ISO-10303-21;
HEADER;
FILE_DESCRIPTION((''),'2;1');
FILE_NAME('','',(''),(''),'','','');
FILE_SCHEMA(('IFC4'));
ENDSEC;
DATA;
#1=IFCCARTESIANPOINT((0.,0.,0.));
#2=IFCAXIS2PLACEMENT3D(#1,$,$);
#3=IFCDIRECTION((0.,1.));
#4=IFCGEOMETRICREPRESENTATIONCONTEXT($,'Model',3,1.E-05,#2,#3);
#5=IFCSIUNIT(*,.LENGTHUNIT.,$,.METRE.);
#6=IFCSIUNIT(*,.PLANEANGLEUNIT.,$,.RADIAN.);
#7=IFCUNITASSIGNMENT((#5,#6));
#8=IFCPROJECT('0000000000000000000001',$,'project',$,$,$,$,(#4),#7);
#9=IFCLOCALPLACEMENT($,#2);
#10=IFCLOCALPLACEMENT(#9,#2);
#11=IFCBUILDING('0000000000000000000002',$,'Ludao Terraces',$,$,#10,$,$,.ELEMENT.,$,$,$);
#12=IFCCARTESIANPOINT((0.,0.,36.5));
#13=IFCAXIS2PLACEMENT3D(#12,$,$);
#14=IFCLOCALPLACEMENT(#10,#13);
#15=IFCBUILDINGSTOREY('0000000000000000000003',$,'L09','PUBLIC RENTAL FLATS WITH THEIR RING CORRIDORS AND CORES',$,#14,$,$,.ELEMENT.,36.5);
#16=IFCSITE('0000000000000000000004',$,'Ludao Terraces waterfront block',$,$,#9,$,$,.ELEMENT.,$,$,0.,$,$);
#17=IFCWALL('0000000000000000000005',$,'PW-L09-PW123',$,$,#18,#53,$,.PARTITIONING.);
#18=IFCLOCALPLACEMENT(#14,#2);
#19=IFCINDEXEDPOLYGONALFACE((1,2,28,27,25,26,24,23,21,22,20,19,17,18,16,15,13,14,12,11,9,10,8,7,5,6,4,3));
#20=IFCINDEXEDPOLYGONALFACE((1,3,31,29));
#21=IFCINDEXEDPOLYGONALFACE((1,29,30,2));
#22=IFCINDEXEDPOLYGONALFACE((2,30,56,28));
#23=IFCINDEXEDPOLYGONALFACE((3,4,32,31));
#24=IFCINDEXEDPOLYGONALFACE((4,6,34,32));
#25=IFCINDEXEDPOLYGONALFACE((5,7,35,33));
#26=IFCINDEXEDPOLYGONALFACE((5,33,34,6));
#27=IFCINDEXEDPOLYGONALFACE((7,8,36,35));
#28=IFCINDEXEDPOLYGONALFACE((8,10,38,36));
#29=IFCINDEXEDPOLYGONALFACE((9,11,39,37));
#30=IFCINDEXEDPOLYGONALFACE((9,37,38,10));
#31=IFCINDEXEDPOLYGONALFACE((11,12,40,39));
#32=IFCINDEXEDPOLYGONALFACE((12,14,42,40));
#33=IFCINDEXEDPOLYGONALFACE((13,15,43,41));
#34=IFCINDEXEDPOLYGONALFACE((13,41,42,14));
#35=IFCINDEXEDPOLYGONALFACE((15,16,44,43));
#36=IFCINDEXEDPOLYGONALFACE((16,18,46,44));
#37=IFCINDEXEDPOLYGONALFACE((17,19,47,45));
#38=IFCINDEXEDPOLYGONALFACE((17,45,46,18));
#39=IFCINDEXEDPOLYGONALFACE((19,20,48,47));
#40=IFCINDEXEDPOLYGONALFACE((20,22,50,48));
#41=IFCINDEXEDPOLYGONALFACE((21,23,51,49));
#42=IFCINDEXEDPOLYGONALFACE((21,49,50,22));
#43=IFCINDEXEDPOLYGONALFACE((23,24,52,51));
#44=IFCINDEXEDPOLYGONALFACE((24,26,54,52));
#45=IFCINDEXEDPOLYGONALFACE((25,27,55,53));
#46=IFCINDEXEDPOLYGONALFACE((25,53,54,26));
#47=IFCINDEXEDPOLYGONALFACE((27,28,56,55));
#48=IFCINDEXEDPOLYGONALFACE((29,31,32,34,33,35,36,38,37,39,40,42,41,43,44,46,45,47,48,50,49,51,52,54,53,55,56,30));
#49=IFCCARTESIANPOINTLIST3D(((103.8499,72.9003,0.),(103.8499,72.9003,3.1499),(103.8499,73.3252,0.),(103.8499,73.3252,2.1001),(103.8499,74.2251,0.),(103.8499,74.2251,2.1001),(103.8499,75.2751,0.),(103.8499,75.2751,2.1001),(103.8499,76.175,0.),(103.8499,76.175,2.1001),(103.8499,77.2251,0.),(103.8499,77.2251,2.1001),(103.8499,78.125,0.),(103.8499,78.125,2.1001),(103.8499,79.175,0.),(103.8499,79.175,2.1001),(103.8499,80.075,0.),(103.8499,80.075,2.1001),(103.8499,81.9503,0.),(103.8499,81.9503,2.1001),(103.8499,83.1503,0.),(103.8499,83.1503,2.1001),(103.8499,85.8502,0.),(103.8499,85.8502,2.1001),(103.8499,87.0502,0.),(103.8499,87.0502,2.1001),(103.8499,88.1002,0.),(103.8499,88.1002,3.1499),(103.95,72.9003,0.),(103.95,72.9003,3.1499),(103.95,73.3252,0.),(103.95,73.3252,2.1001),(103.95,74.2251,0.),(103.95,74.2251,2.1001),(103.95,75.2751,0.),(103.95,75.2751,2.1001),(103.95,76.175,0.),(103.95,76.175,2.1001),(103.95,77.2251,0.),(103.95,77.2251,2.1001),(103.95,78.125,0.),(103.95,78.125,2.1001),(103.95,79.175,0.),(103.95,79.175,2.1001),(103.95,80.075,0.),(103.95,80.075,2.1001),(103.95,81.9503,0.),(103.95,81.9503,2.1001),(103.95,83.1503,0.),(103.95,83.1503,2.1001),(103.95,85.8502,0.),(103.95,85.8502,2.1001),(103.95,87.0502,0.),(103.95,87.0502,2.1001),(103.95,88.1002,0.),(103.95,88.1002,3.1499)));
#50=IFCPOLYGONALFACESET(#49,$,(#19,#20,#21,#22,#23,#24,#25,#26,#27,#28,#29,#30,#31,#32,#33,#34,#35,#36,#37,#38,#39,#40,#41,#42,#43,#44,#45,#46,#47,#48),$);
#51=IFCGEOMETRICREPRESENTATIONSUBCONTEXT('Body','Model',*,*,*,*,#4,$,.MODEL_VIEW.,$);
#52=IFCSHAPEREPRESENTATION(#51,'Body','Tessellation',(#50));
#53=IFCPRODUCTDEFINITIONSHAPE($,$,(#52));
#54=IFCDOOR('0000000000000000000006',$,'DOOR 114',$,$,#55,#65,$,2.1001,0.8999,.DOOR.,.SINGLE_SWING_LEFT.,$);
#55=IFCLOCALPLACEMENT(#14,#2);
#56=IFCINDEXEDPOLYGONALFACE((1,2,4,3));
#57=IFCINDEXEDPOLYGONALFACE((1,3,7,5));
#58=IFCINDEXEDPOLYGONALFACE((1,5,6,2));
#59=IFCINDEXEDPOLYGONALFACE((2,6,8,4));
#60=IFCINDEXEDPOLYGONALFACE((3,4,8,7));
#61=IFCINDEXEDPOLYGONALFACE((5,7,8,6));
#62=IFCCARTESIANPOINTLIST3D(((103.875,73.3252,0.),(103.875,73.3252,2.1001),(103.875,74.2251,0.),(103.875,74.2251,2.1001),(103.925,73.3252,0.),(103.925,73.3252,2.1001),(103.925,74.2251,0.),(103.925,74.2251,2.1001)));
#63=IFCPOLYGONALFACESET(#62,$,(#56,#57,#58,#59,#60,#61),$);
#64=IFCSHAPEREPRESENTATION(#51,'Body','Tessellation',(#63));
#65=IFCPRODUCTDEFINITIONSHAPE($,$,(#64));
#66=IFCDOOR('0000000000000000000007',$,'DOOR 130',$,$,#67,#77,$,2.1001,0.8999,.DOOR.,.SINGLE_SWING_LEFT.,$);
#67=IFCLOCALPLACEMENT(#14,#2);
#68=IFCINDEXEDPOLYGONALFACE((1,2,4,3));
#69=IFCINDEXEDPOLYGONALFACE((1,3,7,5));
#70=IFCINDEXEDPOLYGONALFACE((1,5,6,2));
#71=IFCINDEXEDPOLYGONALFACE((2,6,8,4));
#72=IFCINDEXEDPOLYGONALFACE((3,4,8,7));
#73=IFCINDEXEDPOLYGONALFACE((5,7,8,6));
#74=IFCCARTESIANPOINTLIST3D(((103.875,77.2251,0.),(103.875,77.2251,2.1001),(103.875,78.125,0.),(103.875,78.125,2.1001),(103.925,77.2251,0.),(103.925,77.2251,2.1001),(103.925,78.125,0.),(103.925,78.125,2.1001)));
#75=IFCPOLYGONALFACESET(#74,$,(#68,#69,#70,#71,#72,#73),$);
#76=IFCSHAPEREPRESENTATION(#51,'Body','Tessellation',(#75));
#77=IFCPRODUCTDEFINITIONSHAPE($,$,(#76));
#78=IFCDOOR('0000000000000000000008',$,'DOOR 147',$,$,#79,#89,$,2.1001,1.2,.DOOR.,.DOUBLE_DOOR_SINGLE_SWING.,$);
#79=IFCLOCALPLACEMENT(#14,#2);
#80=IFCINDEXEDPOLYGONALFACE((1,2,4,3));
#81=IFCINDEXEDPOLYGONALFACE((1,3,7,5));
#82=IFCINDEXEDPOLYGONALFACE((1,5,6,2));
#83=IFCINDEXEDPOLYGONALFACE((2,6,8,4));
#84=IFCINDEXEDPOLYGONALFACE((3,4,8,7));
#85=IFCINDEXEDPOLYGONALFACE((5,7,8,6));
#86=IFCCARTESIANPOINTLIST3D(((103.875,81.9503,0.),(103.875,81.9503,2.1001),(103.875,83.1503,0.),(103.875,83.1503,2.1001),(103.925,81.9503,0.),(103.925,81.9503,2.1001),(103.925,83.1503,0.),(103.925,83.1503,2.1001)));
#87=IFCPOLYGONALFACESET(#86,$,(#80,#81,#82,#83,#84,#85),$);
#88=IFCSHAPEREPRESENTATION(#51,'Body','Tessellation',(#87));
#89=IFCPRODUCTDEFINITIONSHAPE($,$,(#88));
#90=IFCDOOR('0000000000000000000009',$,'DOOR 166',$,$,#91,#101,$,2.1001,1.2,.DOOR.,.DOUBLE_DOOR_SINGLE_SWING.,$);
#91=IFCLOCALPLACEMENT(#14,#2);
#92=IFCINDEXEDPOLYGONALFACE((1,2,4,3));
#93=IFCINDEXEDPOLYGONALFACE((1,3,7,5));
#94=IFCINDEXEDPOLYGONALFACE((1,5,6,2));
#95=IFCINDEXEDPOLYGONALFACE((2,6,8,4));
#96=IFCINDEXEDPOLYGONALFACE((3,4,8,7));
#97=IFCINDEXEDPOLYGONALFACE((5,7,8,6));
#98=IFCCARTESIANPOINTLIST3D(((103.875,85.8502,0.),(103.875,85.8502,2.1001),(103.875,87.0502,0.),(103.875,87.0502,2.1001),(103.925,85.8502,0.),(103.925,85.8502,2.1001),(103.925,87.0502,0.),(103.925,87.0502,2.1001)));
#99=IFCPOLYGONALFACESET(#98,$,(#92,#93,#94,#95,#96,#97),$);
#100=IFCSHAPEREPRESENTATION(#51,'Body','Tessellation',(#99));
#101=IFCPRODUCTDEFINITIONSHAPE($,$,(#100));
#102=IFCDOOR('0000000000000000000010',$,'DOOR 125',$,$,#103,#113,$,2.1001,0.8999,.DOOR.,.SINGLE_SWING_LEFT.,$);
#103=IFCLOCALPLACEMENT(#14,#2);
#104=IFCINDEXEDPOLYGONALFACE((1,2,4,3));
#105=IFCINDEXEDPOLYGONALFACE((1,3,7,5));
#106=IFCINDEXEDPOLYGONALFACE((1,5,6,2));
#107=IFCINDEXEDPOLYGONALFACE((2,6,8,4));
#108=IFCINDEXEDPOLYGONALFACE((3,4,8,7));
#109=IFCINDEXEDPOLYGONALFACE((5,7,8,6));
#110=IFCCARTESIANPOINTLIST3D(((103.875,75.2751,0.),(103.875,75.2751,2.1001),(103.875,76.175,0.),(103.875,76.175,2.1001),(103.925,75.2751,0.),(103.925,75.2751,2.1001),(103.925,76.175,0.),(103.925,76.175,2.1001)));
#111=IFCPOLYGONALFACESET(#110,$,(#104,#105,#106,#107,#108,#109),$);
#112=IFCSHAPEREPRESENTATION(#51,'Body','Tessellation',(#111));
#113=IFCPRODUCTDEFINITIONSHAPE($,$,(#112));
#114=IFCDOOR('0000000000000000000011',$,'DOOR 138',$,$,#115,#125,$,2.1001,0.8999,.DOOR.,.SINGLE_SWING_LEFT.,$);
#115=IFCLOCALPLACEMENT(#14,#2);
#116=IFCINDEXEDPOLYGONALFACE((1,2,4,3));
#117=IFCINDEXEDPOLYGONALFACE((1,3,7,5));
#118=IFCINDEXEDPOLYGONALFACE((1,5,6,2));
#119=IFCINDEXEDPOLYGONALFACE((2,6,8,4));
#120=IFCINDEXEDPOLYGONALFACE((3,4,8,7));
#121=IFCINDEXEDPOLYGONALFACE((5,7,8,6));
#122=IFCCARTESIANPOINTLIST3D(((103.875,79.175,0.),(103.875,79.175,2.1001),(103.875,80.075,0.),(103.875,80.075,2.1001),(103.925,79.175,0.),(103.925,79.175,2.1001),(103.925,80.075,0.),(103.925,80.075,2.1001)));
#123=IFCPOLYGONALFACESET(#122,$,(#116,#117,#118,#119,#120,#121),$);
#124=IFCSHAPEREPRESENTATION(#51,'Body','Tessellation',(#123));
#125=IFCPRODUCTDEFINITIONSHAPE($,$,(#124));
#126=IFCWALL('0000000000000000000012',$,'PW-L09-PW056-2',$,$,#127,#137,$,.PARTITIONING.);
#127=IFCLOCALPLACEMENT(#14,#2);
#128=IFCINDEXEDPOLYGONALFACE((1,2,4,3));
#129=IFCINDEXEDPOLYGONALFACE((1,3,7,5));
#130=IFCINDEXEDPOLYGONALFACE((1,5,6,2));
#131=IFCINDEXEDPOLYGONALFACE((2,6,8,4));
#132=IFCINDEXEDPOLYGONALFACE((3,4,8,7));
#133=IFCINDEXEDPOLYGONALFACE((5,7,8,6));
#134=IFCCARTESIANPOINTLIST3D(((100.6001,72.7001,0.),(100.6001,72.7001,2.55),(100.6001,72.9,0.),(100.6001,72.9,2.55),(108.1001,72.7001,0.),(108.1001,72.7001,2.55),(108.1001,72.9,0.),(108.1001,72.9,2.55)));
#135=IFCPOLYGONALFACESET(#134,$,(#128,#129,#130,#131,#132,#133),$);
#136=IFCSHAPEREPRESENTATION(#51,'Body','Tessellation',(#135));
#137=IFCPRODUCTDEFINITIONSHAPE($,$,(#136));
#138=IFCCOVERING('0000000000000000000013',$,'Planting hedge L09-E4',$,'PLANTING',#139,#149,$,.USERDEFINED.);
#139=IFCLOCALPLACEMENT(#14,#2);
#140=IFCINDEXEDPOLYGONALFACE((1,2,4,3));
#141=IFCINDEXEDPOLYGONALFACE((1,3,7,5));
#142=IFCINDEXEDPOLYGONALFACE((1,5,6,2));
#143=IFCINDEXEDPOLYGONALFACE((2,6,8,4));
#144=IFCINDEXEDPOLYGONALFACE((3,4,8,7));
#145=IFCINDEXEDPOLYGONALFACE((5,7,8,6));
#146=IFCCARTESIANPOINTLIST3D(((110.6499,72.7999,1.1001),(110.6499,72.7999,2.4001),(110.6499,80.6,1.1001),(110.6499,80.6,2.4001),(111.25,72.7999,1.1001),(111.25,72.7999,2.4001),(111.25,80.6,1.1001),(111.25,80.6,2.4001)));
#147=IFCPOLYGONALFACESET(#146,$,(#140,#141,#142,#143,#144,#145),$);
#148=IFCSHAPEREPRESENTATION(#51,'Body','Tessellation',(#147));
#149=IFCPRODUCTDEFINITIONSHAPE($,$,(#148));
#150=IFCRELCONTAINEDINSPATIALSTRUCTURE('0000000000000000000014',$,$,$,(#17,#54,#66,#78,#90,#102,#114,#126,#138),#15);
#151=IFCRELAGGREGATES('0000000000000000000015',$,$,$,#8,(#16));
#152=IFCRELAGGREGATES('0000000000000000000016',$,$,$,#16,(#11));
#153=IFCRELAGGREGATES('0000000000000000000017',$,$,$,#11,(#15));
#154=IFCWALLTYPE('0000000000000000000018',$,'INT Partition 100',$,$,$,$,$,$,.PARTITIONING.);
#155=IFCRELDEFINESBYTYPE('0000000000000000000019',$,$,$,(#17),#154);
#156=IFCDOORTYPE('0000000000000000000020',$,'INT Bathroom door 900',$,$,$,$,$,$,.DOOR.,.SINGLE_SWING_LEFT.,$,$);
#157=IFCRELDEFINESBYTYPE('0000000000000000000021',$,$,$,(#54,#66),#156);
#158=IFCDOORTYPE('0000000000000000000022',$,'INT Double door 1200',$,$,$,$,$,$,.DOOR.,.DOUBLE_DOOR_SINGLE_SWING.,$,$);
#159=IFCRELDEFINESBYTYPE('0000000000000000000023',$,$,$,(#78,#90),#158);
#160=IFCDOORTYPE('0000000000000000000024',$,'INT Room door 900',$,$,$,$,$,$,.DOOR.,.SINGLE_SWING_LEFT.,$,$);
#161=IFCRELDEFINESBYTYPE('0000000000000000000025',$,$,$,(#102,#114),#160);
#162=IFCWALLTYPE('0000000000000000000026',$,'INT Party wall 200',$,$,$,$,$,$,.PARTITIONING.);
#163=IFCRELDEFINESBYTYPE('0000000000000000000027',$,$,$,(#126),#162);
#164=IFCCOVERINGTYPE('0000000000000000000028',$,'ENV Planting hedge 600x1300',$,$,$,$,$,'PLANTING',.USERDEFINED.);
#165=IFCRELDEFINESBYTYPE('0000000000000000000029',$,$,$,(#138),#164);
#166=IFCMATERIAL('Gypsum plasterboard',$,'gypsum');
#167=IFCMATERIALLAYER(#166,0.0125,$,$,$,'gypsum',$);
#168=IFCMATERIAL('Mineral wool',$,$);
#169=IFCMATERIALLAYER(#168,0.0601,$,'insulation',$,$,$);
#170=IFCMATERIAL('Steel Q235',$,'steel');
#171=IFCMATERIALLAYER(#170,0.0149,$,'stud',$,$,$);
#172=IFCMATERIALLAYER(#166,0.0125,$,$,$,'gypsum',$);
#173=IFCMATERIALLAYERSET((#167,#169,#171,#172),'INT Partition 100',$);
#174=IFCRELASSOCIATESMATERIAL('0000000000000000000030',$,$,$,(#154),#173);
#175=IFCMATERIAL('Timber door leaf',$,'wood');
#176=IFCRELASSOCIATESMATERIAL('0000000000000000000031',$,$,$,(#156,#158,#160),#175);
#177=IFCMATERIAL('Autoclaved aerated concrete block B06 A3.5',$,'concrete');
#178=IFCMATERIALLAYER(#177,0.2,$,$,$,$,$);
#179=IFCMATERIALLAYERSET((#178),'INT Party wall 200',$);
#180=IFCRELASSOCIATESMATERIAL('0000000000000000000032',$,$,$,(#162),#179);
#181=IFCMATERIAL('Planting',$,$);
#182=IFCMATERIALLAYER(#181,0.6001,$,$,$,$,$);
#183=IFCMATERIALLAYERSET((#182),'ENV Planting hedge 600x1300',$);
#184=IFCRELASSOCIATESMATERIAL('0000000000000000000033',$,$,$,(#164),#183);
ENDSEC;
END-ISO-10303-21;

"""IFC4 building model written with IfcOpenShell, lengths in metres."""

from ifc_helpers import new_model, si_unit, direction, frame, frame_2d, origin, origin_2d, place, context, subcontext, project, spatial, rectangle, extrude, material, layer, layer_set, type_object, element, fill, save


model = new_model("IFC4")

# Units and contexts
model_context = context("Model", 3, precision=1e-05, world=origin(), true_north=direction((0.0, 1.0)))
body_context = subcontext(model_context, "Body", "Model", "MODEL_VIEW")
ifc_project = project(units=[si_unit("LENGTHUNIT", "METRE"), si_unit("PLANEANGLEUNIT", "RADIAN")], contexts=[model_context])

# Site, building, storey
site_placement = place(None, origin())
site = spatial("IfcSite", under=ifc_project, at=site_placement, Name="Ludao Terraces waterfront block", CompositionType="ELEMENT", RefElevation=0.0)
building_placement = place(site_placement, origin())
building = spatial("IfcBuilding", under=site, at=building_placement, Name="Ludao Terraces", CompositionType="ELEMENT")
storey_placement = place(building_placement, frame((0.0, 0.0, 36.5)))
storey = spatial("IfcBuildingStorey", under=building, at=storey_placement, Name="L09", Description="PUBLIC RENTAL FLATS WITH THEIR RING CORRIDORS AND CORES", CompositionType="ELEMENT", Elevation=36.5)

# Shared definitions
ifc_material_1 = material(Name="Mineral wool")

# Shared definitions
ifc_material_2 = material(Name="Gypsum plasterboard", Category="gypsum")
ifc_layer_1 = layer(ifc_material_2, 0.0125, Category="gypsum")
ifc_layer_2 = layer(ifc_material_1, 0.0601, Name="insulation")
ifc_material_3 = material(Name="Steel Q235", Category="steel")
ifc_layer_3 = layer(ifc_material_3, 0.0149, Name="stud")
ifc_layer_4 = layer(ifc_material_2, 0.0125, Category="gypsum")
ifc_layer_set_1 = layer_set([ifc_layer_1, ifc_layer_2, ifc_layer_3, ifc_layer_4], Name="INT Partition 100")
wall_type_1 = type_object("IfcWallType", Name="INT Partition 100", PredefinedType="PARTITIONING", material=ifc_layer_set_1)

# Wall, openings, doors
wall_1_placement = place(storey_placement, frame((103.8999, 72.9001, 0.0), z_axis=(0.0, 0.0, 1.0), x_axis=(0.0, 1.0, 0.0)))
wall_1 = element("IfcWall", 1, at=wall_1_placement, inside=storey, type_object=wall_type_1, Name="PW-L09-PW123", PredefinedType="PARTITIONING", context=body_context, shape_type="SweptSolid", body=[
    extrude(rectangle(XDim=15.2, YDim=0.1001, at=frame_2d((7.6001, 0.0))), origin(), (0.0, 0.0, 1.0), 3.1499),
])
opening_1_placement = place(wall_1_placement, frame((0.425, 0.0, 0.0)))
opening_1 = element("IfcOpeningElement", 2, at=opening_1_placement, cuts=wall_1, PredefinedType="OPENING", context=body_context, shape_type="SweptSolid", body=[
    extrude(rectangle(XDim=0.8999, YDim=2.1001, at=frame_2d((0.45, 1.05))), frame((0.0, 0.0601, 0.0), z_axis=(0.0, -1.0, 0.0), x_axis=(1.0, 0.0, 0.0)), (0.0, 0.0, 1.0), 0.1201),
])
opening_2_placement = place(wall_1_placement, frame((2.375, 0.0, 0.0)))
opening_2 = element("IfcOpeningElement", 3, at=opening_2_placement, cuts=wall_1, PredefinedType="OPENING", context=body_context, shape_type="SweptSolid", body=[
    extrude(rectangle(XDim=0.8999, YDim=2.1001, at=frame_2d((0.45, 1.05))), frame((0.0, 0.0601, 0.0), z_axis=(0.0, -1.0, 0.0), x_axis=(1.0, 0.0, 0.0)), (0.0, 0.0, 1.0), 0.1201),
])
opening_3_placement = place(wall_1_placement, frame((4.325, 0.0, 0.0)))
opening_3 = element("IfcOpeningElement", 4, at=opening_3_placement, cuts=wall_1, PredefinedType="OPENING", context=body_context, shape_type="SweptSolid", body=[
    extrude(rectangle(XDim=0.8999, YDim=2.1001, at=frame_2d((0.45, 1.05))), frame((0.0, 0.0601, 0.0), z_axis=(0.0, -1.0, 0.0), x_axis=(1.0, 0.0, 0.0)), (0.0, 0.0, 1.0), 0.1201),
])
opening_4_placement = place(wall_1_placement, frame((6.2749, 0.0, 0.0)))
opening_4 = element("IfcOpeningElement", 5, at=opening_4_placement, cuts=wall_1, PredefinedType="OPENING", context=body_context, shape_type="SweptSolid", body=[
    extrude(rectangle(XDim=0.8999, YDim=2.1001, at=frame_2d((0.45, 1.05))), frame((0.0, 0.0601, 0.0), z_axis=(0.0, -1.0, 0.0), x_axis=(1.0, 0.0, 0.0)), (0.0, 0.0, 1.0), 0.1201),
])
opening_5_placement = place(wall_1_placement, frame((9.05, 0.0, 0.0)))
opening_5 = element("IfcOpeningElement", 6, at=opening_5_placement, cuts=wall_1, PredefinedType="OPENING", context=body_context, shape_type="SweptSolid", body=[
    extrude(rectangle(XDim=1.2, YDim=2.1001, at=frame_2d((0.6001, 1.05))), frame((0.0, 0.0601, 0.0), z_axis=(0.0, -1.0, 0.0), x_axis=(1.0, 0.0, 0.0)), (0.0, 0.0, 1.0), 0.1201),
])
opening_6_placement = place(wall_1_placement, frame((12.95, 0.0, 0.0)))
opening_6 = element("IfcOpeningElement", 7, at=opening_6_placement, cuts=wall_1, PredefinedType="OPENING", context=body_context, shape_type="SweptSolid", body=[
    extrude(rectangle(XDim=1.2, YDim=2.1001, at=frame_2d((0.6001, 1.05))), frame((0.0, 0.0601, 0.0), z_axis=(0.0, -1.0, 0.0), x_axis=(1.0, 0.0, 0.0)), (0.0, 0.0, 1.0), 0.1201),
])
ifc_material_4 = material(Name="Timber door leaf", Category="wood")
door_type_1 = type_object("IfcDoorType", Name="INT Bathroom door 900", OperationType="SINGLE_SWING_LEFT", PredefinedType="DOOR", material=ifc_material_4)
door_1_placement = place(opening_1_placement, origin())
door_1 = element("IfcDoor", 8, at=door_1_placement, inside=storey, type_object=door_type_1, Name="DOOR 114", OperationType="SINGLE_SWING_LEFT", OverallHeight=2.1001, OverallWidth=0.8999, PredefinedType="DOOR", context=body_context, shape_type="SweptSolid", body=[
    extrude(rectangle(XDim=0.8999, YDim=2.1001, at=frame_2d((0.45, 1.05))), frame((0.0, 0.0249, 0.0), z_axis=(0.0, -1.0, 0.0), x_axis=(1.0, 0.0, 0.0)), (0.0, 0.0, 1.0), 0.05),
])
fill(opening_1, door_1)
door_2_placement = place(opening_3_placement, origin())
door_2 = element("IfcDoor", 9, at=door_2_placement, inside=storey, type_object=door_type_1, Name="DOOR 130", OperationType="SINGLE_SWING_LEFT", OverallHeight=2.1001, OverallWidth=0.8999, PredefinedType="DOOR", context=body_context, shape_type="SweptSolid", body=[
    extrude(rectangle(XDim=0.8999, YDim=2.1001, at=frame_2d((0.45, 1.05))), frame((0.0, 0.0249, 0.0), z_axis=(0.0, -1.0, 0.0), x_axis=(1.0, 0.0, 0.0)), (0.0, 0.0, 1.0), 0.05),
])
fill(opening_3, door_2)
door_type_2 = type_object("IfcDoorType", Name="INT Double door 1200", OperationType="DOUBLE_DOOR_SINGLE_SWING", PredefinedType="DOOR", material=ifc_material_4)
door_3_placement = place(opening_5_placement, origin())
door_3 = element("IfcDoor", 10, at=door_3_placement, inside=storey, type_object=door_type_2, Name="DOOR 147", OperationType="DOUBLE_DOOR_SINGLE_SWING", OverallHeight=2.1001, OverallWidth=1.2, PredefinedType="DOOR", context=body_context, shape_type="SweptSolid", body=[
    extrude(rectangle(XDim=1.2, YDim=2.1001, at=frame_2d((0.6001, 1.05))), frame((0.0, 0.0249, 0.0), z_axis=(0.0, -1.0, 0.0), x_axis=(1.0, 0.0, 0.0)), (0.0, 0.0, 1.0), 0.05),
])
fill(opening_5, door_3)
door_4_placement = place(opening_6_placement, origin())
door_4 = element("IfcDoor", 11, at=door_4_placement, inside=storey, type_object=door_type_2, Name="DOOR 166", OperationType="DOUBLE_DOOR_SINGLE_SWING", OverallHeight=2.1001, OverallWidth=1.2, PredefinedType="DOOR", context=body_context, shape_type="SweptSolid", body=[
    extrude(rectangle(XDim=1.2, YDim=2.1001, at=frame_2d((0.6001, 1.05))), frame((0.0, 0.0249, 0.0), z_axis=(0.0, -1.0, 0.0), x_axis=(1.0, 0.0, 0.0)), (0.0, 0.0, 1.0), 0.05),
])
fill(opening_6, door_4)
door_type_3 = type_object("IfcDoorType", Name="INT Room door 900", OperationType="SINGLE_SWING_LEFT", PredefinedType="DOOR", material=ifc_material_4)
door_5_placement = place(opening_2_placement, origin())
door_5 = element("IfcDoor", 12, at=door_5_placement, inside=storey, type_object=door_type_3, Name="DOOR 125", OperationType="SINGLE_SWING_LEFT", OverallHeight=2.1001, OverallWidth=0.8999, PredefinedType="DOOR", context=body_context, shape_type="SweptSolid", body=[
    extrude(rectangle(XDim=0.8999, YDim=2.1001, at=frame_2d((0.45, 1.05))), frame((0.0, 0.0249, 0.0), z_axis=(0.0, -1.0, 0.0), x_axis=(1.0, 0.0, 0.0)), (0.0, 0.0, 1.0), 0.05),
])
fill(opening_2, door_5)
door_6_placement = place(opening_4_placement, origin())
door_6 = element("IfcDoor", 13, at=door_6_placement, inside=storey, type_object=door_type_3, Name="DOOR 138", OperationType="SINGLE_SWING_LEFT", OverallHeight=2.1001, OverallWidth=0.8999, PredefinedType="DOOR", context=body_context, shape_type="SweptSolid", body=[
    extrude(rectangle(XDim=0.8999, YDim=2.1001, at=frame_2d((0.45, 1.05))), frame((0.0, 0.0249, 0.0), z_axis=(0.0, -1.0, 0.0), x_axis=(1.0, 0.0, 0.0)), (0.0, 0.0, 1.0), 0.05),
])
fill(opening_4, door_6)

# Wall
ifc_material_5 = material(Name="Autoclaved aerated concrete block B06 A3.5", Category="concrete")
ifc_layer_5 = layer(ifc_material_5, 0.2)
ifc_layer_set_2 = layer_set([ifc_layer_5], Name="INT Party wall 200")
wall_type_2 = type_object("IfcWallType", Name="INT Party wall 200", PredefinedType="PARTITIONING", material=ifc_layer_set_2)
wall_2_placement = place(storey_placement, frame((100.6001, 72.8, 0.0), z_axis=(0.0, 0.0, 1.0), x_axis=(1.0, 0.0, 0.0)))
element("IfcWall", 14, at=wall_2_placement, inside=storey, type_object=wall_type_2, Name="PW-L09-PW056-2", PredefinedType="PARTITIONING", context=body_context, shape_type="SweptSolid", body=[
    extrude(rectangle(XDim=7.5, YDim=0.2, at=frame_2d((3.75, 0.0))), origin(), (0.0, 0.0, 1.0), 2.55),
])

# Covering
ifc_material_6 = material(Name="Planting")
ifc_layer_6 = layer(ifc_material_6, 0.6001)
ifc_layer_set_3 = layer_set([ifc_layer_6], Name="ENV Planting hedge 600x1300")
covering_type = type_object("IfcCoveringType", Name="ENV Planting hedge 600x1300", ElementType="PLANTING", PredefinedType="USERDEFINED", material=ifc_layer_set_3)
covering_placement = place(storey_placement, frame((110.95, 76.7, 1.1001), z_axis=(0.0, 0.0, 1.0), x_axis=(1.0, 0.0, 0.0)))
element("IfcCovering", 15, at=covering_placement, inside=storey, type_object=covering_type, Name="Planting hedge L09-E4", ObjectType="PLANTING", PredefinedType="USERDEFINED", context=body_context, shape_type="SweptSolid", body=[
    extrude(rectangle(XDim=0.6001, YDim=7.8, at=origin_2d()), origin(), (0.0, 0.0, 1.0), 1.3),
])

save(model, "model.ifc")
